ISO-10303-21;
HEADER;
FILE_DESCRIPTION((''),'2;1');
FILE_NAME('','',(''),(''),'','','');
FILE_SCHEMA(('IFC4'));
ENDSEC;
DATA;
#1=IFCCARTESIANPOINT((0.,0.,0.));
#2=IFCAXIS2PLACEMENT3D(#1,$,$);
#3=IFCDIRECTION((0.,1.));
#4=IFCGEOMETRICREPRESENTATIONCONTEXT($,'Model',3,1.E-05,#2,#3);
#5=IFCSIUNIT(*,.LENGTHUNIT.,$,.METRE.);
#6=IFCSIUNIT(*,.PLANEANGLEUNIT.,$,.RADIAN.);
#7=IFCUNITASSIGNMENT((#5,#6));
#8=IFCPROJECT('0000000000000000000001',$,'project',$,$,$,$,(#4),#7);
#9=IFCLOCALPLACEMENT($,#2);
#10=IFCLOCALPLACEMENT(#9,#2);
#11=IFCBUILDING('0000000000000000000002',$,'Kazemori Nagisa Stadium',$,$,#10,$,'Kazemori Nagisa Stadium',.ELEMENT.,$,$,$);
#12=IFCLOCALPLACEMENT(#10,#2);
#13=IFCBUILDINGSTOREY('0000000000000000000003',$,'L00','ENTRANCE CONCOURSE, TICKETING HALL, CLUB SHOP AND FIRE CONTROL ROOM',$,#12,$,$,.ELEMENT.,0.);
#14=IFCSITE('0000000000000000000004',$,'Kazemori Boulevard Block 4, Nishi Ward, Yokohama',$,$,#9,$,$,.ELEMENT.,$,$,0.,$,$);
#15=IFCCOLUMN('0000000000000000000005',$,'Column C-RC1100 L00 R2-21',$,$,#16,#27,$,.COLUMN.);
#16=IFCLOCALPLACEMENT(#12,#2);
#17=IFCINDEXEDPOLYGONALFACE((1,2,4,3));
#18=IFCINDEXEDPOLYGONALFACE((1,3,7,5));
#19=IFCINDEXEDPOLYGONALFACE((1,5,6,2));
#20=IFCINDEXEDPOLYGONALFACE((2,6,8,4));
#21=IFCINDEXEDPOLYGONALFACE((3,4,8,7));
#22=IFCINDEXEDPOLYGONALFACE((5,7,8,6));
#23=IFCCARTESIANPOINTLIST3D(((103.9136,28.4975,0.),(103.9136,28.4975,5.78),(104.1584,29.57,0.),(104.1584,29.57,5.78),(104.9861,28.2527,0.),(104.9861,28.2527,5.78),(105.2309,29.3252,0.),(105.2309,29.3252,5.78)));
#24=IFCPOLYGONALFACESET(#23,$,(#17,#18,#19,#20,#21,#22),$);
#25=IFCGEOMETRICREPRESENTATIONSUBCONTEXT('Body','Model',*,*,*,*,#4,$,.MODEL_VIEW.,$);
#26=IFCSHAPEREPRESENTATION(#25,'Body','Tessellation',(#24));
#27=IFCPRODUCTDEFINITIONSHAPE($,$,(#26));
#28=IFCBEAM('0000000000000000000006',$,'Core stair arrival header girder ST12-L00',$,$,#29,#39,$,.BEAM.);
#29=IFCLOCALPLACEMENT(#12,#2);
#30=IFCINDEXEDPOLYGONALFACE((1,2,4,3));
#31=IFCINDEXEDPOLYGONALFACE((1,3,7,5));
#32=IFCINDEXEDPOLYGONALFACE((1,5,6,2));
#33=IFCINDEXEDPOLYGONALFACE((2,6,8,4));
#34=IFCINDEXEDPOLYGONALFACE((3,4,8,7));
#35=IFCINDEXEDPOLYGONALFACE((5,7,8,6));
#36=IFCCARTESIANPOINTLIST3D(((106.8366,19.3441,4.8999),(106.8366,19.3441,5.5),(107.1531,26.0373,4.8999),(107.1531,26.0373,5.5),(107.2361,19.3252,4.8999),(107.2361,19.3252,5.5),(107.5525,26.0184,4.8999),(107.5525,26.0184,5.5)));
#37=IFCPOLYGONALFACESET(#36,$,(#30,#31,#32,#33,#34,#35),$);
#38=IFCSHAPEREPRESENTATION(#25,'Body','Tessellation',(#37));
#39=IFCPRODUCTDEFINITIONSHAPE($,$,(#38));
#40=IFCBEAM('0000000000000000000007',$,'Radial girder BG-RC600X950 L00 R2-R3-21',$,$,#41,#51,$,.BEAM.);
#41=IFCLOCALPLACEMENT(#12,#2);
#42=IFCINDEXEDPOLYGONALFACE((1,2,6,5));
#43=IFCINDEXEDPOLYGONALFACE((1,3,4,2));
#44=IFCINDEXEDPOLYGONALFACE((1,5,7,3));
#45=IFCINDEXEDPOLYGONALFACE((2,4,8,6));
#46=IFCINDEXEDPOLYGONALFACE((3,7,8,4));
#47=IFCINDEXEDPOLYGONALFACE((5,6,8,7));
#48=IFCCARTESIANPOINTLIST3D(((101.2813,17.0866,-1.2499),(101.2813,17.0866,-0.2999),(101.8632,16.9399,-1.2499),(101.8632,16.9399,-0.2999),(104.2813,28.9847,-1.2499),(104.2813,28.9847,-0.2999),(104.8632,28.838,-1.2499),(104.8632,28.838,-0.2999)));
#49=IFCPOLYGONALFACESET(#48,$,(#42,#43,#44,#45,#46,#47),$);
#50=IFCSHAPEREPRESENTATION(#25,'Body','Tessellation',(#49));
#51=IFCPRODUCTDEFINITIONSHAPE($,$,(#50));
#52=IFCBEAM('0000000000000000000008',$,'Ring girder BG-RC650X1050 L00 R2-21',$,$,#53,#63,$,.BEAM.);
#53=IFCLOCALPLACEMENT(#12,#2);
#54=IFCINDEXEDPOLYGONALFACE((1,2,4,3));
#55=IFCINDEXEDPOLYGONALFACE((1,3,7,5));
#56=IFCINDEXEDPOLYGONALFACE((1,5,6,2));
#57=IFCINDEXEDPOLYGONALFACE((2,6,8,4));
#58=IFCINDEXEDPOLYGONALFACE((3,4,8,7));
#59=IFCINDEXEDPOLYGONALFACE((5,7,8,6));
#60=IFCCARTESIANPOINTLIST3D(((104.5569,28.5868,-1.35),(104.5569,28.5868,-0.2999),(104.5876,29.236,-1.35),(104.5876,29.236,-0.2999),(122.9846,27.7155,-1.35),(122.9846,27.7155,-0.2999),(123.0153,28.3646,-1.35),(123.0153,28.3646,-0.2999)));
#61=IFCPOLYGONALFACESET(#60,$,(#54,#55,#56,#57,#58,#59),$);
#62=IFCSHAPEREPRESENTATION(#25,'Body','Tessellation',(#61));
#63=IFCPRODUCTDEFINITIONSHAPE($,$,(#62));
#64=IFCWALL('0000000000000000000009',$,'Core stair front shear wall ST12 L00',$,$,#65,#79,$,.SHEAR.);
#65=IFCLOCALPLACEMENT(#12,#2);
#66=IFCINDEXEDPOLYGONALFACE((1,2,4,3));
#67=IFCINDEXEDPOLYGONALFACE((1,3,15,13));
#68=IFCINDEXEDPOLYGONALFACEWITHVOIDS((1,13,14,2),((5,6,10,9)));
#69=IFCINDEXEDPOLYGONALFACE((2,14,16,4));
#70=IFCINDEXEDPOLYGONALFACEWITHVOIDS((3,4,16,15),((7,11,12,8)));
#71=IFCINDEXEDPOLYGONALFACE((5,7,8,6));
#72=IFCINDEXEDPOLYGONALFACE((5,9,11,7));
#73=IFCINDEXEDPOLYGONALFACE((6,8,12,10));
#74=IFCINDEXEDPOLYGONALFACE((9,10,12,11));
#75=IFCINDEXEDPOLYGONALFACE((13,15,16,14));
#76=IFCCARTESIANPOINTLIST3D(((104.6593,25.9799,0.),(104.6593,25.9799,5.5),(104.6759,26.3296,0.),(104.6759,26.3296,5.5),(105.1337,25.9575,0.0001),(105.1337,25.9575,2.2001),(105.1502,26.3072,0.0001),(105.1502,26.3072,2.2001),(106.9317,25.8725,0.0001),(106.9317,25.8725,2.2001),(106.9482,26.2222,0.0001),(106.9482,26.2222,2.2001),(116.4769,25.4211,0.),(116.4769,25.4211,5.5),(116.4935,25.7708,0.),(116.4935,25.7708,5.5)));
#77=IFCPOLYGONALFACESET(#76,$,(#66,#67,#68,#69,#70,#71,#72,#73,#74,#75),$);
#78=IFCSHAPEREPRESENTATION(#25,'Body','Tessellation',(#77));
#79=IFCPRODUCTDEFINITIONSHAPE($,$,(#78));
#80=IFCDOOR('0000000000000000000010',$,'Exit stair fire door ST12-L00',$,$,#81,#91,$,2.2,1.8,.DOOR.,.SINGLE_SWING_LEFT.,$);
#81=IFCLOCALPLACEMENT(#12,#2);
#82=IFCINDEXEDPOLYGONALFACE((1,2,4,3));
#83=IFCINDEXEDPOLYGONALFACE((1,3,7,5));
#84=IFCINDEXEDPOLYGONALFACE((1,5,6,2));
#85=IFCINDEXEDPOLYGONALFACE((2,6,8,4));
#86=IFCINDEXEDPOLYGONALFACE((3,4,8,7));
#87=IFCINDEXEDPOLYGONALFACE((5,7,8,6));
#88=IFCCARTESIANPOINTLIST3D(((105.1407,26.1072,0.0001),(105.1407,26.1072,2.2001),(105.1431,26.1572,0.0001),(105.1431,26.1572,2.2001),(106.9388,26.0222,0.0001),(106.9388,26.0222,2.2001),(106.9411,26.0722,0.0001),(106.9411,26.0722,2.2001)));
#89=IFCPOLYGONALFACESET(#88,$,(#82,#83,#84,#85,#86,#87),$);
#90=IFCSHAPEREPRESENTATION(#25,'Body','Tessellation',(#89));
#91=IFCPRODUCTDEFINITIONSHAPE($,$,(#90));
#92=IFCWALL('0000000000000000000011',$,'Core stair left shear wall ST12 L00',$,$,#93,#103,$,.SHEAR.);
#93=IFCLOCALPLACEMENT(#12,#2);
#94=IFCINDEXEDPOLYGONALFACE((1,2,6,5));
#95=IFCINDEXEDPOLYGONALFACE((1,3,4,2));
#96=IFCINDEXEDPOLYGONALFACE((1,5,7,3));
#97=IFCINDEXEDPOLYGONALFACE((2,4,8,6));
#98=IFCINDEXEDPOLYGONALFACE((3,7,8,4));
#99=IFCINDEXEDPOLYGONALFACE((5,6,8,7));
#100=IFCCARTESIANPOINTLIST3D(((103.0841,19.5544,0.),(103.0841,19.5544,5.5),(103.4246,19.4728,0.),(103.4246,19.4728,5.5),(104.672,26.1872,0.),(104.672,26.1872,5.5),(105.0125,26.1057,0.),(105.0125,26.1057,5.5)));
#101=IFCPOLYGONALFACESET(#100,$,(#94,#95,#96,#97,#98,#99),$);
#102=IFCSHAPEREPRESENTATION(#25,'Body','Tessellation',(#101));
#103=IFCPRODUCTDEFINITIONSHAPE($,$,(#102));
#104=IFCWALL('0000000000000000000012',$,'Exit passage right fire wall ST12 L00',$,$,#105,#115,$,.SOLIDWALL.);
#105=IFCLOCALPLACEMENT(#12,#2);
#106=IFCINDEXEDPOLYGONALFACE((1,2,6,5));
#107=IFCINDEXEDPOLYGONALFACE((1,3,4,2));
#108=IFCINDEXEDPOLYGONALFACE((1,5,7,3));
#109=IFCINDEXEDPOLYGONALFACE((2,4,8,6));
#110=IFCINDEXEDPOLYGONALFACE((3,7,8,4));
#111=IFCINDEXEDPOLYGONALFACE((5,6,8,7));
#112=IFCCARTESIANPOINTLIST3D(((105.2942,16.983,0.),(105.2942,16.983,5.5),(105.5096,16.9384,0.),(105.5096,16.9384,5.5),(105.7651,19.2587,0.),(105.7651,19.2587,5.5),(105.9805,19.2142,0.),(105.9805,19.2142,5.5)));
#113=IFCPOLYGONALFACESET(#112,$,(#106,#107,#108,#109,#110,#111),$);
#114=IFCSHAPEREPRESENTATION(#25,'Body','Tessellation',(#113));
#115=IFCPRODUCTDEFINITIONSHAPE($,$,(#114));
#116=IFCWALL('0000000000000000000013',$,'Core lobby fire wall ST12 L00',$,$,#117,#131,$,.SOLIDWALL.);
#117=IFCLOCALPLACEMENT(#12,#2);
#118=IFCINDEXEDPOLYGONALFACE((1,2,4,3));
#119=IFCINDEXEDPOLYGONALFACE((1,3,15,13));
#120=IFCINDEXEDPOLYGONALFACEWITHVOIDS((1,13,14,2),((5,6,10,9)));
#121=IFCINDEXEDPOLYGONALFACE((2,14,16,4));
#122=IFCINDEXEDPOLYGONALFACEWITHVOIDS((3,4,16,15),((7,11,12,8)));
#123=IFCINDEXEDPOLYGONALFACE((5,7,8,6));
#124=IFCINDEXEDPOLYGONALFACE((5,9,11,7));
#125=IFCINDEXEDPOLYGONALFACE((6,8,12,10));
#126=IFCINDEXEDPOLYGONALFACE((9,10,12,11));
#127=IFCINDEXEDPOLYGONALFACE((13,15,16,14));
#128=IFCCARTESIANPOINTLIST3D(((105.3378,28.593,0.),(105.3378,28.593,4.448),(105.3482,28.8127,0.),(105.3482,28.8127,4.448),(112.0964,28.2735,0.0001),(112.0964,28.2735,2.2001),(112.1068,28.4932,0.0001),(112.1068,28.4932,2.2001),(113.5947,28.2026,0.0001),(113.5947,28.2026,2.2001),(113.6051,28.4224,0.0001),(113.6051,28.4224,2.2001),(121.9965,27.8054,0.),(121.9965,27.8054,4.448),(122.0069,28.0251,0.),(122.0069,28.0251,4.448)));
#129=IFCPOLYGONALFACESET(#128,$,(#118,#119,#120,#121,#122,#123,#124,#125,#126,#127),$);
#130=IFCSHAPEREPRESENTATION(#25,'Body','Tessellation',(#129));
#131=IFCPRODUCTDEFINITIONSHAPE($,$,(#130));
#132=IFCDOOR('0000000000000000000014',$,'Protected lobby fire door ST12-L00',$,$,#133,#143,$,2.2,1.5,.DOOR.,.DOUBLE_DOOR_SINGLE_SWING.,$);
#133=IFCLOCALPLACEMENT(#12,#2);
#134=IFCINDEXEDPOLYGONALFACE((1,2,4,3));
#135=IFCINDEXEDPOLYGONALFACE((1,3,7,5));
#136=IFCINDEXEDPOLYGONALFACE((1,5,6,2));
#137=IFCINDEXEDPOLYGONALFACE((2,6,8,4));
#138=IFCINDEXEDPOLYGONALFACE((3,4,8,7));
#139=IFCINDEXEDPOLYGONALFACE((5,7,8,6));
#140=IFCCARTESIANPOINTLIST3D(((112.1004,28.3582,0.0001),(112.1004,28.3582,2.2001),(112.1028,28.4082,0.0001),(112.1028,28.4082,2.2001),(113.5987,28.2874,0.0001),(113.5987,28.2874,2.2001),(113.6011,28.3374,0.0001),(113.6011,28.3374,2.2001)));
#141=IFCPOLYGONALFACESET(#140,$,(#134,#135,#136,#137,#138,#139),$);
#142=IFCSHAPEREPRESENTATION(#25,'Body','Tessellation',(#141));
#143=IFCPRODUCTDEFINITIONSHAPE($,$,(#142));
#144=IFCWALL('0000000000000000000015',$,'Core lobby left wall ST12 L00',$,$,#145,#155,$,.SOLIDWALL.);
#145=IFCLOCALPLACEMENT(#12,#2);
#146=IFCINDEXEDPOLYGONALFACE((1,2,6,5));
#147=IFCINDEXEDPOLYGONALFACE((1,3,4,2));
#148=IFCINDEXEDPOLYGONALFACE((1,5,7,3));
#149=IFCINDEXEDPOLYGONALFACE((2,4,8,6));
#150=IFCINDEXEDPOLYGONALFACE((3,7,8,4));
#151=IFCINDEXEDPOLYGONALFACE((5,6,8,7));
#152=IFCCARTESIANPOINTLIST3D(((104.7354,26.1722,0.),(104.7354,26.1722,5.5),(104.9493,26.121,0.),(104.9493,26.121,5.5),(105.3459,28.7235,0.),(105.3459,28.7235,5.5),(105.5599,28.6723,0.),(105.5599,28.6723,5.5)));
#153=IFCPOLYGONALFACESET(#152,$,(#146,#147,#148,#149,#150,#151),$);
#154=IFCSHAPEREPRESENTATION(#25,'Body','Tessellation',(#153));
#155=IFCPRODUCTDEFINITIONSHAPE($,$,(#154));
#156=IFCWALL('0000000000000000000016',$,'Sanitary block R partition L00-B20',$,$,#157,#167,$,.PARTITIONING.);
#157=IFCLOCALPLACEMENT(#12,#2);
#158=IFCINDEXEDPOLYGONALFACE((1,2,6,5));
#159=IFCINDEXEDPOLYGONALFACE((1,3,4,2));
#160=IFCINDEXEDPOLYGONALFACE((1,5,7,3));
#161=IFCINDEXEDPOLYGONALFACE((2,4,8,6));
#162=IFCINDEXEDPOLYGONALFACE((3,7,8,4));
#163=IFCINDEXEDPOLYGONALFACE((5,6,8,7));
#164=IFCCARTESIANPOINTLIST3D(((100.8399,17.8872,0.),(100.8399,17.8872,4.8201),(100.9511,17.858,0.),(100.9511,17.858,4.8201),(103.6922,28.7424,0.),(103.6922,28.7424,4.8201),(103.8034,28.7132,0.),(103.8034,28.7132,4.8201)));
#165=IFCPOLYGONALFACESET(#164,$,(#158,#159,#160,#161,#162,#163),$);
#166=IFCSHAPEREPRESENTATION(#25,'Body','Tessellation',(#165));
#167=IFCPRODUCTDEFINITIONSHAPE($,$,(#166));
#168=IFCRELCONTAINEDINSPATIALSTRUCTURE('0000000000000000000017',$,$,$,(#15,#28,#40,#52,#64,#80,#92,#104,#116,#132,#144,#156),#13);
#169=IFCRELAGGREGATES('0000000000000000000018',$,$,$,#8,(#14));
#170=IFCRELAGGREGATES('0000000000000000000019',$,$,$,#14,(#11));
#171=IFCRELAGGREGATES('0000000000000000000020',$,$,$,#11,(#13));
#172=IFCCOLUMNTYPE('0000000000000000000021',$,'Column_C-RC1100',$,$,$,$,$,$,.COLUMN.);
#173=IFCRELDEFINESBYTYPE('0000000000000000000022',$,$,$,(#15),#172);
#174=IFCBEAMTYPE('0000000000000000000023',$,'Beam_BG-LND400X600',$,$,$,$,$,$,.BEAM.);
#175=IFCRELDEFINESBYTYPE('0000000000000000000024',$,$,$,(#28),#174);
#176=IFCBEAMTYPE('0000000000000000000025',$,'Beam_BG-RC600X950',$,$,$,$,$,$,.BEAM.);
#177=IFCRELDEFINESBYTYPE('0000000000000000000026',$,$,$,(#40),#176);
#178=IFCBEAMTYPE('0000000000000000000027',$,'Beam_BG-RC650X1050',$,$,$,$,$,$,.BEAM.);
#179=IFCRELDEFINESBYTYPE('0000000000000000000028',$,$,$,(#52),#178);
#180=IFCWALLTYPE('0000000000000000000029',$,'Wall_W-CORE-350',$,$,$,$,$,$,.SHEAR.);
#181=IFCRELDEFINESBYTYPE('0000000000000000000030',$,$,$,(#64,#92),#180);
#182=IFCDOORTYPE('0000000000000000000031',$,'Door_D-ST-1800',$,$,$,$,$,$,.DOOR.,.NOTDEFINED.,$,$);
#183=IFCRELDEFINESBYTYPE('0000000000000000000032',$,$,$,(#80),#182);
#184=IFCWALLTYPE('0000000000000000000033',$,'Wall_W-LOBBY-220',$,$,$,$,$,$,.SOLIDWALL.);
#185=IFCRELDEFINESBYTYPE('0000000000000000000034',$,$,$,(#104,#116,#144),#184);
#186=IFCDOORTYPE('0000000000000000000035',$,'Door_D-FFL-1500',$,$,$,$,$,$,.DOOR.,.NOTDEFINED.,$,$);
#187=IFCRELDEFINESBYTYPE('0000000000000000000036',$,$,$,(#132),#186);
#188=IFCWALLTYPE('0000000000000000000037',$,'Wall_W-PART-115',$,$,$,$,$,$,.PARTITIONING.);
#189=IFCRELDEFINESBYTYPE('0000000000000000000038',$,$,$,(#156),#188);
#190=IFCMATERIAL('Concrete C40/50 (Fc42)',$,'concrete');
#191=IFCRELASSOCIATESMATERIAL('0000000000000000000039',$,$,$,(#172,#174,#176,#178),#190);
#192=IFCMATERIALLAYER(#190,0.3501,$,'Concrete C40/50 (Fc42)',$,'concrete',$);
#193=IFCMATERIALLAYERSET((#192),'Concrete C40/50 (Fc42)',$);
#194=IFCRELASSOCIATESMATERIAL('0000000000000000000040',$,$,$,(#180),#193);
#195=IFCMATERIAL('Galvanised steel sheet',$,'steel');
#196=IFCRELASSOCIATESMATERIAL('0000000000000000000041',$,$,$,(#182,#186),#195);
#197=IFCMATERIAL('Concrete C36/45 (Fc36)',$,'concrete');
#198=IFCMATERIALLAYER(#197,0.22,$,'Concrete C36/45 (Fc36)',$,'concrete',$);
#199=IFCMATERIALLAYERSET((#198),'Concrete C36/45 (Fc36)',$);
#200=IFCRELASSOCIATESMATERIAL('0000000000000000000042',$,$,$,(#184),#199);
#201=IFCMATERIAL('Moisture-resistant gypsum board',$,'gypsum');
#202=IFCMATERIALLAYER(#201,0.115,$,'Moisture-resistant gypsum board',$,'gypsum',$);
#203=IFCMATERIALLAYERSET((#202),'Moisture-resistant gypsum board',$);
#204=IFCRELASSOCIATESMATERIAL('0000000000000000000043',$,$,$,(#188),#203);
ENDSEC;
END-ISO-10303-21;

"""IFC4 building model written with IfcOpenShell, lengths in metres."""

from ifc_helpers import new_model, si_unit, direction, frame, frame_2d, origin, origin_2d, place, context, subcontext, project, spatial, rectangle, extrude, material, layer, layer_set, material_profile, profile_set, type_object, element, fill, save


model = new_model("IFC4")

# Units and contexts
model_context = context("Model", 3, precision=1e-05, world=origin(), true_north=direction((0.0, 1.0)))
body_context = subcontext(model_context, "Body", "Model", "MODEL_VIEW")
ifc_project = project(units=[si_unit("LENGTHUNIT", "METRE"), si_unit("PLANEANGLEUNIT", "RADIAN")], contexts=[model_context])

# Site, building, storey
site_placement = place(None, origin())
site = spatial("IfcSite", under=ifc_project, at=site_placement, Name="Kazemori Boulevard Block 4, Nishi Ward, Yokohama", CompositionType="ELEMENT", RefElevation=0.0)
building_placement = place(site_placement, origin())
building = spatial("IfcBuilding", under=site, at=building_placement, Name="Kazemori Nagisa Stadium", LongName="Kazemori Nagisa Stadium", CompositionType="ELEMENT")
storey_placement = place(building_placement, origin())
storey = spatial("IfcBuildingStorey", under=building, at=storey_placement, Name="L00", Description="ENTRANCE CONCOURSE, TICKETING HALL, CLUB SHOP AND FIRE CONTROL ROOM", CompositionType="ELEMENT", Elevation=0.0)

# Column
ifc_material_1 = material(Name="Concrete C40/50 (Fc42)", Category="concrete")
ifc_material_profile_1 = material_profile(ifc_material_1, rectangle(XDim=1.1001, YDim=1.1001, at=origin_2d()), Name="RC-COL-1100x1100")
ifc_profile_set_1 = profile_set([ifc_material_profile_1], Name="Concrete C40/50 (Fc42)")
column_type = type_object("IfcColumnType", Name="Column_C-RC1100", PredefinedType="COLUMN", material=ifc_profile_set_1)
column_placement = place(storey_placement, frame((104.5723, 28.9114, 0.0), z_axis=(0.0, 0.0, 1.0), x_axis=(-0.222521, -0.974928, 0.0)))
element("IfcColumn", 1, at=column_placement, inside=storey, type_object=column_type, Name="Column C-RC1100 L00 R2-21", PredefinedType="COLUMN", context=body_context, shape_type="SweptSolid", body=[
    extrude(rectangle(XDim=1.1001, YDim=1.1001, at=origin_2d()), origin(), (0.0, 0.0, 1.0), 5.78),
])

# Beams
ifc_material_profile_2 = material_profile(ifc_material_1, rectangle(XDim=0.3999, YDim=0.6001, at=origin_2d()), Name="RC-BM-400x600")
ifc_profile_set_2 = profile_set([ifc_material_profile_2], Name="Concrete C40/50 (Fc42)")
beam_type_1 = type_object("IfcBeamType", Name="Beam_BG-LND400X600", PredefinedType="BEAM", material=ifc_profile_set_2)
beam_1_placement = place(storey_placement, frame((107.3528, 26.0278, 5.2), z_axis=(-0.047221, -0.998884, 0.0), x_axis=(0.998884, -0.047221, 0.0)))
element("IfcBeam", 2, at=beam_1_placement, inside=storey, type_object=beam_type_1, Name="Core stair arrival header girder ST12-L00", PredefinedType="BEAM", context=body_context, shape_type="SweptSolid", body=[
    extrude(rectangle(XDim=0.3999, YDim=0.6001, at=origin_2d()), origin(), (0.0, 0.0, 1.0), 6.7007),
])
ifc_material_profile_3 = material_profile(ifc_material_1, rectangle(XDim=0.6001, YDim=0.95, at=origin_2d()), Name="RC-BM-600x950")
ifc_profile_set_3 = profile_set([ifc_material_profile_3], Name="Concrete C40/50 (Fc42)")
beam_type_2 = type_object("IfcBeamType", Name="Beam_BG-RC600X950", PredefinedType="BEAM", material=ifc_profile_set_3)
beam_2_placement = place(storey_placement, frame((104.5723, 28.9114, -0.7749), z_axis=(-0.244487, -0.969652, 0.0), x_axis=(0.969652, -0.244487, 0.0)))
element("IfcBeam", 3, at=beam_2_placement, inside=storey, type_object=beam_type_2, Name="Radial girder BG-RC600X950 L00 R2-R3-21", PredefinedType="BEAM", context=body_context, shape_type="SweptSolid", body=[
    extrude(rectangle(XDim=0.6001, YDim=0.95, at=origin_2d()), origin(), (0.0, 0.0, 1.0), 12.2705),
])
ifc_material_profile_4 = material_profile(ifc_material_1, rectangle(XDim=0.6499, YDim=1.05, at=origin_2d()), Name="RC-BM-650x1050")
ifc_profile_set_4 = profile_set([ifc_material_profile_4], Name="Concrete C40/50 (Fc42)")
beam_type_3 = type_object("IfcBeamType", Name="Beam_BG-RC650X1050", PredefinedType="BEAM", material=ifc_profile_set_4)
beam_3_placement = place(storey_placement, frame((104.5723, 28.9114, -0.825), z_axis=(0.998884, -0.047231, 0.0), x_axis=(0.047231, 0.998884, 0.0)))
element("IfcBeam", 4, at=beam_3_placement, inside=storey, type_object=beam_type_3, Name="Ring girder BG-RC650X1050 L00 R2-21", PredefinedType="BEAM", context=body_context, shape_type="SweptSolid", body=[
    extrude(rectangle(XDim=0.6499, YDim=1.05, at=origin_2d()), origin(), (0.0, 0.0, 1.0), 18.4482),
])

# Wall, opening, door
ifc_layer_1 = layer(ifc_material_1, 0.3501, Name="Concrete C40/50 (Fc42)", Category="concrete")
ifc_layer_set_1 = layer_set([ifc_layer_1], Name="Concrete C40/50 (Fc42)")
wall_type_1 = type_object("IfcWallType", Name="Wall_W-CORE-350", PredefinedType="SHEAR", material=ifc_layer_set_1)
wall_1_placement = place(storey_placement, frame((104.6675, 26.1548, 0.0), z_axis=(0.0, 0.0, 1.0), x_axis=(0.998884, -0.047236, 0.0)))
wall_1 = element("IfcWall", 5, at=wall_1_placement, inside=storey, type_object=wall_type_1, Name="Core stair front shear wall ST12 L00", PredefinedType="SHEAR", context=body_context, shape_type="SweptSolid", body=[
    extrude(rectangle(XDim=11.8308, YDim=0.3501, at=frame_2d((5.9155, 0.0))), origin(), (0.0, 0.0, 1.0), 5.5),
])
opening_1_placement = place(wall_1_placement, frame((0.4751, 0.0, 0.0)))
opening_1 = element("IfcOpeningElement", 6, at=opening_1_placement, cuts=wall_1, PredefinedType="OPENING", context=body_context, shape_type="SweptSolid", body=[
    extrude(rectangle(XDim=1.8, YDim=2.2, at=frame_2d((0.8999, 1.1001))), frame((0.0, 0.1851, 0.0), z_axis=(0.0, -1.0, 0.0), x_axis=(1.0, 0.0, 0.0)), (0.0, 0.0, 1.0), 0.3701),
])
ifc_material_2 = material(Name="Galvanised steel sheet", Category="steel")
door_type_1 = type_object("IfcDoorType", Name="Door_D-ST-1800", OperationType="NOTDEFINED", PredefinedType="DOOR", material=ifc_material_2)
door_1_placement = place(opening_1_placement, origin())
door_1 = element("IfcDoor", 7, at=door_1_placement, inside=storey, type_object=door_type_1, Name="Exit stair fire door ST12-L00", OperationType="SINGLE_SWING_LEFT", OverallHeight=2.2, OverallWidth=1.8, PredefinedType="DOOR", context=body_context, shape_type="SweptSolid", body=[
    extrude(rectangle(XDim=1.8, YDim=2.2, at=frame_2d((0.8999, 1.1001))), frame((0.0, 0.0249, 0.0), z_axis=(0.0, -1.0, 0.0), x_axis=(1.0, 0.0, 0.0)), (0.0, 0.0, 1.0), 0.05),
])
fill(opening_1, door_1)

# Walls
wall_2_placement = place(storey_placement, frame((104.8423, 26.1465, 0.0), z_axis=(0.0, 0.0, 1.0), x_axis=(-0.232821, -0.97252, 0.0)))
element("IfcWall", 8, at=wall_2_placement, inside=storey, type_object=wall_type_1, Name="Core stair left shear wall ST12 L00", PredefinedType="SHEAR", context=body_context, shape_type="SweptSolid", body=[
    extrude(rectangle(XDim=6.8203, YDim=0.3501, at=frame_2d((3.4102, 0.0))), origin(), (0.0, 0.0, 1.0), 5.5),
])
ifc_material_3 = material(Name="Concrete C36/45 (Fc36)", Category="concrete")
ifc_layer_2 = layer(ifc_material_3, 0.22, Name="Concrete C36/45 (Fc36)", Category="concrete")
ifc_layer_set_2 = layer_set([ifc_layer_2], Name="Concrete C36/45 (Fc36)")
wall_type_2 = type_object("IfcWallType", Name="Wall_W-LOBBY-220", PredefinedType="SOLIDWALL", material=ifc_layer_set_2)
wall_3_placement = place(storey_placement, frame((105.8728, 19.2366, 0.0), z_axis=(0.0, 0.0, 1.0), x_axis=(-0.202637, -0.979254, 0.0)))
element("IfcWall", 9, at=wall_3_placement, inside=storey, type_object=wall_type_2, Name="Exit passage right fire wall ST12 L00", PredefinedType="SOLIDWALL", context=body_context, shape_type="SweptSolid", body=[
    extrude(rectangle(XDim=2.324, YDim=0.22, at=frame_2d((1.1621, 0.0))), origin(), (0.0, 0.0, 1.0), 5.5),
])

# Wall, opening, door
wall_4_placement = place(storey_placement, frame((105.343, 28.7029, 0.0), z_axis=(0.0, 0.0, 1.0), x_axis=(0.998884, -0.047226, 0.0)))
wall_4 = element("IfcWall", 10, at=wall_4_placement, inside=storey, type_object=wall_type_2, Name="Core lobby fire wall ST12 L00", PredefinedType="SOLIDWALL", context=body_context, shape_type="SweptSolid", body=[
    extrude(rectangle(XDim=16.6772, YDim=0.22, at=frame_2d((8.3386, 0.0))), origin(), (0.0, 0.0, 1.0), 4.448),
])
opening_2_placement = place(wall_4_placement, frame((6.7661, 0.0, 0.0)))
opening_2 = element("IfcOpeningElement", 11, at=opening_2_placement, cuts=wall_4, PredefinedType="OPENING", context=body_context, shape_type="SweptSolid", body=[
    extrude(rectangle(XDim=1.5, YDim=2.2, at=frame_2d((0.75, 1.1001))), frame((0.0, 0.1199, 0.0), z_axis=(0.0, -1.0, 0.0), x_axis=(1.0, 0.0, 0.0)), (0.0, 0.0, 1.0), 0.24),
])
door_type_2 = type_object("IfcDoorType", Name="Door_D-FFL-1500", OperationType="NOTDEFINED", PredefinedType="DOOR", material=ifc_material_2)
door_2_placement = place(opening_2_placement, origin())
door_2 = element("IfcDoor", 12, at=door_2_placement, inside=storey, type_object=door_type_2, Name="Protected lobby fire door ST12-L00", OperationType="DOUBLE_DOOR_SINGLE_SWING", OverallHeight=2.2, OverallWidth=1.5, PredefinedType="DOOR", context=body_context, shape_type="SweptSolid", body=[
    extrude(rectangle(XDim=1.5, YDim=2.2, at=frame_2d((0.75, 1.1001))), frame((0.0, 0.0249, 0.0), z_axis=(0.0, -1.0, 0.0), x_axis=(1.0, 0.0, 0.0)), (0.0, 0.0, 1.0), 0.05),
])
fill(opening_2, door_2)

# Walls
wall_5_placement = place(storey_placement, frame((105.4529, 28.6978, 0.0), z_axis=(0.0, 0.0, 1.0), x_axis=(-0.232757, -0.972535, 0.0)))
element("IfcWall", 13, at=wall_5_placement, inside=storey, type_object=wall_type_2, Name="Core lobby left wall ST12 L00", PredefinedType="SOLIDWALL", context=body_context, shape_type="SweptSolid", body=[
    extrude(rectangle(XDim=2.6233, YDim=0.22, at=frame_2d((1.3115, 0.0))), origin(), (0.0, 0.0, 1.0), 5.5),
])
ifc_material_4 = material(Name="Moisture-resistant gypsum board", Category="gypsum")
ifc_layer_3 = layer(ifc_material_4, 0.115, Name="Moisture-resistant gypsum board", Category="gypsum")
ifc_layer_set_3 = layer_set([ifc_layer_3], Name="Moisture-resistant gypsum board")
wall_type_3 = type_object("IfcWallType", Name="Wall_W-PART-115", PredefinedType="PARTITIONING", material=ifc_layer_set_3)
wall_6_placement = place(storey_placement, frame((103.7478, 28.7278, 0.0), z_axis=(0.0, 0.0, 1.0), x_axis=(-0.254131, -0.96717, 0.0)))
element("IfcWall", 14, at=wall_6_placement, inside=storey, type_object=wall_type_3, Name="Sanitary block R partition L00-B20", PredefinedType="PARTITIONING", context=body_context, shape_type="SweptSolid", body=[
    extrude(rectangle(XDim=11.2236, YDim=0.115, at=frame_2d((5.6118, 0.0))), origin(), (0.0, 0.0, 1.0), 4.8201),
])

save(model, "model.ifc")
